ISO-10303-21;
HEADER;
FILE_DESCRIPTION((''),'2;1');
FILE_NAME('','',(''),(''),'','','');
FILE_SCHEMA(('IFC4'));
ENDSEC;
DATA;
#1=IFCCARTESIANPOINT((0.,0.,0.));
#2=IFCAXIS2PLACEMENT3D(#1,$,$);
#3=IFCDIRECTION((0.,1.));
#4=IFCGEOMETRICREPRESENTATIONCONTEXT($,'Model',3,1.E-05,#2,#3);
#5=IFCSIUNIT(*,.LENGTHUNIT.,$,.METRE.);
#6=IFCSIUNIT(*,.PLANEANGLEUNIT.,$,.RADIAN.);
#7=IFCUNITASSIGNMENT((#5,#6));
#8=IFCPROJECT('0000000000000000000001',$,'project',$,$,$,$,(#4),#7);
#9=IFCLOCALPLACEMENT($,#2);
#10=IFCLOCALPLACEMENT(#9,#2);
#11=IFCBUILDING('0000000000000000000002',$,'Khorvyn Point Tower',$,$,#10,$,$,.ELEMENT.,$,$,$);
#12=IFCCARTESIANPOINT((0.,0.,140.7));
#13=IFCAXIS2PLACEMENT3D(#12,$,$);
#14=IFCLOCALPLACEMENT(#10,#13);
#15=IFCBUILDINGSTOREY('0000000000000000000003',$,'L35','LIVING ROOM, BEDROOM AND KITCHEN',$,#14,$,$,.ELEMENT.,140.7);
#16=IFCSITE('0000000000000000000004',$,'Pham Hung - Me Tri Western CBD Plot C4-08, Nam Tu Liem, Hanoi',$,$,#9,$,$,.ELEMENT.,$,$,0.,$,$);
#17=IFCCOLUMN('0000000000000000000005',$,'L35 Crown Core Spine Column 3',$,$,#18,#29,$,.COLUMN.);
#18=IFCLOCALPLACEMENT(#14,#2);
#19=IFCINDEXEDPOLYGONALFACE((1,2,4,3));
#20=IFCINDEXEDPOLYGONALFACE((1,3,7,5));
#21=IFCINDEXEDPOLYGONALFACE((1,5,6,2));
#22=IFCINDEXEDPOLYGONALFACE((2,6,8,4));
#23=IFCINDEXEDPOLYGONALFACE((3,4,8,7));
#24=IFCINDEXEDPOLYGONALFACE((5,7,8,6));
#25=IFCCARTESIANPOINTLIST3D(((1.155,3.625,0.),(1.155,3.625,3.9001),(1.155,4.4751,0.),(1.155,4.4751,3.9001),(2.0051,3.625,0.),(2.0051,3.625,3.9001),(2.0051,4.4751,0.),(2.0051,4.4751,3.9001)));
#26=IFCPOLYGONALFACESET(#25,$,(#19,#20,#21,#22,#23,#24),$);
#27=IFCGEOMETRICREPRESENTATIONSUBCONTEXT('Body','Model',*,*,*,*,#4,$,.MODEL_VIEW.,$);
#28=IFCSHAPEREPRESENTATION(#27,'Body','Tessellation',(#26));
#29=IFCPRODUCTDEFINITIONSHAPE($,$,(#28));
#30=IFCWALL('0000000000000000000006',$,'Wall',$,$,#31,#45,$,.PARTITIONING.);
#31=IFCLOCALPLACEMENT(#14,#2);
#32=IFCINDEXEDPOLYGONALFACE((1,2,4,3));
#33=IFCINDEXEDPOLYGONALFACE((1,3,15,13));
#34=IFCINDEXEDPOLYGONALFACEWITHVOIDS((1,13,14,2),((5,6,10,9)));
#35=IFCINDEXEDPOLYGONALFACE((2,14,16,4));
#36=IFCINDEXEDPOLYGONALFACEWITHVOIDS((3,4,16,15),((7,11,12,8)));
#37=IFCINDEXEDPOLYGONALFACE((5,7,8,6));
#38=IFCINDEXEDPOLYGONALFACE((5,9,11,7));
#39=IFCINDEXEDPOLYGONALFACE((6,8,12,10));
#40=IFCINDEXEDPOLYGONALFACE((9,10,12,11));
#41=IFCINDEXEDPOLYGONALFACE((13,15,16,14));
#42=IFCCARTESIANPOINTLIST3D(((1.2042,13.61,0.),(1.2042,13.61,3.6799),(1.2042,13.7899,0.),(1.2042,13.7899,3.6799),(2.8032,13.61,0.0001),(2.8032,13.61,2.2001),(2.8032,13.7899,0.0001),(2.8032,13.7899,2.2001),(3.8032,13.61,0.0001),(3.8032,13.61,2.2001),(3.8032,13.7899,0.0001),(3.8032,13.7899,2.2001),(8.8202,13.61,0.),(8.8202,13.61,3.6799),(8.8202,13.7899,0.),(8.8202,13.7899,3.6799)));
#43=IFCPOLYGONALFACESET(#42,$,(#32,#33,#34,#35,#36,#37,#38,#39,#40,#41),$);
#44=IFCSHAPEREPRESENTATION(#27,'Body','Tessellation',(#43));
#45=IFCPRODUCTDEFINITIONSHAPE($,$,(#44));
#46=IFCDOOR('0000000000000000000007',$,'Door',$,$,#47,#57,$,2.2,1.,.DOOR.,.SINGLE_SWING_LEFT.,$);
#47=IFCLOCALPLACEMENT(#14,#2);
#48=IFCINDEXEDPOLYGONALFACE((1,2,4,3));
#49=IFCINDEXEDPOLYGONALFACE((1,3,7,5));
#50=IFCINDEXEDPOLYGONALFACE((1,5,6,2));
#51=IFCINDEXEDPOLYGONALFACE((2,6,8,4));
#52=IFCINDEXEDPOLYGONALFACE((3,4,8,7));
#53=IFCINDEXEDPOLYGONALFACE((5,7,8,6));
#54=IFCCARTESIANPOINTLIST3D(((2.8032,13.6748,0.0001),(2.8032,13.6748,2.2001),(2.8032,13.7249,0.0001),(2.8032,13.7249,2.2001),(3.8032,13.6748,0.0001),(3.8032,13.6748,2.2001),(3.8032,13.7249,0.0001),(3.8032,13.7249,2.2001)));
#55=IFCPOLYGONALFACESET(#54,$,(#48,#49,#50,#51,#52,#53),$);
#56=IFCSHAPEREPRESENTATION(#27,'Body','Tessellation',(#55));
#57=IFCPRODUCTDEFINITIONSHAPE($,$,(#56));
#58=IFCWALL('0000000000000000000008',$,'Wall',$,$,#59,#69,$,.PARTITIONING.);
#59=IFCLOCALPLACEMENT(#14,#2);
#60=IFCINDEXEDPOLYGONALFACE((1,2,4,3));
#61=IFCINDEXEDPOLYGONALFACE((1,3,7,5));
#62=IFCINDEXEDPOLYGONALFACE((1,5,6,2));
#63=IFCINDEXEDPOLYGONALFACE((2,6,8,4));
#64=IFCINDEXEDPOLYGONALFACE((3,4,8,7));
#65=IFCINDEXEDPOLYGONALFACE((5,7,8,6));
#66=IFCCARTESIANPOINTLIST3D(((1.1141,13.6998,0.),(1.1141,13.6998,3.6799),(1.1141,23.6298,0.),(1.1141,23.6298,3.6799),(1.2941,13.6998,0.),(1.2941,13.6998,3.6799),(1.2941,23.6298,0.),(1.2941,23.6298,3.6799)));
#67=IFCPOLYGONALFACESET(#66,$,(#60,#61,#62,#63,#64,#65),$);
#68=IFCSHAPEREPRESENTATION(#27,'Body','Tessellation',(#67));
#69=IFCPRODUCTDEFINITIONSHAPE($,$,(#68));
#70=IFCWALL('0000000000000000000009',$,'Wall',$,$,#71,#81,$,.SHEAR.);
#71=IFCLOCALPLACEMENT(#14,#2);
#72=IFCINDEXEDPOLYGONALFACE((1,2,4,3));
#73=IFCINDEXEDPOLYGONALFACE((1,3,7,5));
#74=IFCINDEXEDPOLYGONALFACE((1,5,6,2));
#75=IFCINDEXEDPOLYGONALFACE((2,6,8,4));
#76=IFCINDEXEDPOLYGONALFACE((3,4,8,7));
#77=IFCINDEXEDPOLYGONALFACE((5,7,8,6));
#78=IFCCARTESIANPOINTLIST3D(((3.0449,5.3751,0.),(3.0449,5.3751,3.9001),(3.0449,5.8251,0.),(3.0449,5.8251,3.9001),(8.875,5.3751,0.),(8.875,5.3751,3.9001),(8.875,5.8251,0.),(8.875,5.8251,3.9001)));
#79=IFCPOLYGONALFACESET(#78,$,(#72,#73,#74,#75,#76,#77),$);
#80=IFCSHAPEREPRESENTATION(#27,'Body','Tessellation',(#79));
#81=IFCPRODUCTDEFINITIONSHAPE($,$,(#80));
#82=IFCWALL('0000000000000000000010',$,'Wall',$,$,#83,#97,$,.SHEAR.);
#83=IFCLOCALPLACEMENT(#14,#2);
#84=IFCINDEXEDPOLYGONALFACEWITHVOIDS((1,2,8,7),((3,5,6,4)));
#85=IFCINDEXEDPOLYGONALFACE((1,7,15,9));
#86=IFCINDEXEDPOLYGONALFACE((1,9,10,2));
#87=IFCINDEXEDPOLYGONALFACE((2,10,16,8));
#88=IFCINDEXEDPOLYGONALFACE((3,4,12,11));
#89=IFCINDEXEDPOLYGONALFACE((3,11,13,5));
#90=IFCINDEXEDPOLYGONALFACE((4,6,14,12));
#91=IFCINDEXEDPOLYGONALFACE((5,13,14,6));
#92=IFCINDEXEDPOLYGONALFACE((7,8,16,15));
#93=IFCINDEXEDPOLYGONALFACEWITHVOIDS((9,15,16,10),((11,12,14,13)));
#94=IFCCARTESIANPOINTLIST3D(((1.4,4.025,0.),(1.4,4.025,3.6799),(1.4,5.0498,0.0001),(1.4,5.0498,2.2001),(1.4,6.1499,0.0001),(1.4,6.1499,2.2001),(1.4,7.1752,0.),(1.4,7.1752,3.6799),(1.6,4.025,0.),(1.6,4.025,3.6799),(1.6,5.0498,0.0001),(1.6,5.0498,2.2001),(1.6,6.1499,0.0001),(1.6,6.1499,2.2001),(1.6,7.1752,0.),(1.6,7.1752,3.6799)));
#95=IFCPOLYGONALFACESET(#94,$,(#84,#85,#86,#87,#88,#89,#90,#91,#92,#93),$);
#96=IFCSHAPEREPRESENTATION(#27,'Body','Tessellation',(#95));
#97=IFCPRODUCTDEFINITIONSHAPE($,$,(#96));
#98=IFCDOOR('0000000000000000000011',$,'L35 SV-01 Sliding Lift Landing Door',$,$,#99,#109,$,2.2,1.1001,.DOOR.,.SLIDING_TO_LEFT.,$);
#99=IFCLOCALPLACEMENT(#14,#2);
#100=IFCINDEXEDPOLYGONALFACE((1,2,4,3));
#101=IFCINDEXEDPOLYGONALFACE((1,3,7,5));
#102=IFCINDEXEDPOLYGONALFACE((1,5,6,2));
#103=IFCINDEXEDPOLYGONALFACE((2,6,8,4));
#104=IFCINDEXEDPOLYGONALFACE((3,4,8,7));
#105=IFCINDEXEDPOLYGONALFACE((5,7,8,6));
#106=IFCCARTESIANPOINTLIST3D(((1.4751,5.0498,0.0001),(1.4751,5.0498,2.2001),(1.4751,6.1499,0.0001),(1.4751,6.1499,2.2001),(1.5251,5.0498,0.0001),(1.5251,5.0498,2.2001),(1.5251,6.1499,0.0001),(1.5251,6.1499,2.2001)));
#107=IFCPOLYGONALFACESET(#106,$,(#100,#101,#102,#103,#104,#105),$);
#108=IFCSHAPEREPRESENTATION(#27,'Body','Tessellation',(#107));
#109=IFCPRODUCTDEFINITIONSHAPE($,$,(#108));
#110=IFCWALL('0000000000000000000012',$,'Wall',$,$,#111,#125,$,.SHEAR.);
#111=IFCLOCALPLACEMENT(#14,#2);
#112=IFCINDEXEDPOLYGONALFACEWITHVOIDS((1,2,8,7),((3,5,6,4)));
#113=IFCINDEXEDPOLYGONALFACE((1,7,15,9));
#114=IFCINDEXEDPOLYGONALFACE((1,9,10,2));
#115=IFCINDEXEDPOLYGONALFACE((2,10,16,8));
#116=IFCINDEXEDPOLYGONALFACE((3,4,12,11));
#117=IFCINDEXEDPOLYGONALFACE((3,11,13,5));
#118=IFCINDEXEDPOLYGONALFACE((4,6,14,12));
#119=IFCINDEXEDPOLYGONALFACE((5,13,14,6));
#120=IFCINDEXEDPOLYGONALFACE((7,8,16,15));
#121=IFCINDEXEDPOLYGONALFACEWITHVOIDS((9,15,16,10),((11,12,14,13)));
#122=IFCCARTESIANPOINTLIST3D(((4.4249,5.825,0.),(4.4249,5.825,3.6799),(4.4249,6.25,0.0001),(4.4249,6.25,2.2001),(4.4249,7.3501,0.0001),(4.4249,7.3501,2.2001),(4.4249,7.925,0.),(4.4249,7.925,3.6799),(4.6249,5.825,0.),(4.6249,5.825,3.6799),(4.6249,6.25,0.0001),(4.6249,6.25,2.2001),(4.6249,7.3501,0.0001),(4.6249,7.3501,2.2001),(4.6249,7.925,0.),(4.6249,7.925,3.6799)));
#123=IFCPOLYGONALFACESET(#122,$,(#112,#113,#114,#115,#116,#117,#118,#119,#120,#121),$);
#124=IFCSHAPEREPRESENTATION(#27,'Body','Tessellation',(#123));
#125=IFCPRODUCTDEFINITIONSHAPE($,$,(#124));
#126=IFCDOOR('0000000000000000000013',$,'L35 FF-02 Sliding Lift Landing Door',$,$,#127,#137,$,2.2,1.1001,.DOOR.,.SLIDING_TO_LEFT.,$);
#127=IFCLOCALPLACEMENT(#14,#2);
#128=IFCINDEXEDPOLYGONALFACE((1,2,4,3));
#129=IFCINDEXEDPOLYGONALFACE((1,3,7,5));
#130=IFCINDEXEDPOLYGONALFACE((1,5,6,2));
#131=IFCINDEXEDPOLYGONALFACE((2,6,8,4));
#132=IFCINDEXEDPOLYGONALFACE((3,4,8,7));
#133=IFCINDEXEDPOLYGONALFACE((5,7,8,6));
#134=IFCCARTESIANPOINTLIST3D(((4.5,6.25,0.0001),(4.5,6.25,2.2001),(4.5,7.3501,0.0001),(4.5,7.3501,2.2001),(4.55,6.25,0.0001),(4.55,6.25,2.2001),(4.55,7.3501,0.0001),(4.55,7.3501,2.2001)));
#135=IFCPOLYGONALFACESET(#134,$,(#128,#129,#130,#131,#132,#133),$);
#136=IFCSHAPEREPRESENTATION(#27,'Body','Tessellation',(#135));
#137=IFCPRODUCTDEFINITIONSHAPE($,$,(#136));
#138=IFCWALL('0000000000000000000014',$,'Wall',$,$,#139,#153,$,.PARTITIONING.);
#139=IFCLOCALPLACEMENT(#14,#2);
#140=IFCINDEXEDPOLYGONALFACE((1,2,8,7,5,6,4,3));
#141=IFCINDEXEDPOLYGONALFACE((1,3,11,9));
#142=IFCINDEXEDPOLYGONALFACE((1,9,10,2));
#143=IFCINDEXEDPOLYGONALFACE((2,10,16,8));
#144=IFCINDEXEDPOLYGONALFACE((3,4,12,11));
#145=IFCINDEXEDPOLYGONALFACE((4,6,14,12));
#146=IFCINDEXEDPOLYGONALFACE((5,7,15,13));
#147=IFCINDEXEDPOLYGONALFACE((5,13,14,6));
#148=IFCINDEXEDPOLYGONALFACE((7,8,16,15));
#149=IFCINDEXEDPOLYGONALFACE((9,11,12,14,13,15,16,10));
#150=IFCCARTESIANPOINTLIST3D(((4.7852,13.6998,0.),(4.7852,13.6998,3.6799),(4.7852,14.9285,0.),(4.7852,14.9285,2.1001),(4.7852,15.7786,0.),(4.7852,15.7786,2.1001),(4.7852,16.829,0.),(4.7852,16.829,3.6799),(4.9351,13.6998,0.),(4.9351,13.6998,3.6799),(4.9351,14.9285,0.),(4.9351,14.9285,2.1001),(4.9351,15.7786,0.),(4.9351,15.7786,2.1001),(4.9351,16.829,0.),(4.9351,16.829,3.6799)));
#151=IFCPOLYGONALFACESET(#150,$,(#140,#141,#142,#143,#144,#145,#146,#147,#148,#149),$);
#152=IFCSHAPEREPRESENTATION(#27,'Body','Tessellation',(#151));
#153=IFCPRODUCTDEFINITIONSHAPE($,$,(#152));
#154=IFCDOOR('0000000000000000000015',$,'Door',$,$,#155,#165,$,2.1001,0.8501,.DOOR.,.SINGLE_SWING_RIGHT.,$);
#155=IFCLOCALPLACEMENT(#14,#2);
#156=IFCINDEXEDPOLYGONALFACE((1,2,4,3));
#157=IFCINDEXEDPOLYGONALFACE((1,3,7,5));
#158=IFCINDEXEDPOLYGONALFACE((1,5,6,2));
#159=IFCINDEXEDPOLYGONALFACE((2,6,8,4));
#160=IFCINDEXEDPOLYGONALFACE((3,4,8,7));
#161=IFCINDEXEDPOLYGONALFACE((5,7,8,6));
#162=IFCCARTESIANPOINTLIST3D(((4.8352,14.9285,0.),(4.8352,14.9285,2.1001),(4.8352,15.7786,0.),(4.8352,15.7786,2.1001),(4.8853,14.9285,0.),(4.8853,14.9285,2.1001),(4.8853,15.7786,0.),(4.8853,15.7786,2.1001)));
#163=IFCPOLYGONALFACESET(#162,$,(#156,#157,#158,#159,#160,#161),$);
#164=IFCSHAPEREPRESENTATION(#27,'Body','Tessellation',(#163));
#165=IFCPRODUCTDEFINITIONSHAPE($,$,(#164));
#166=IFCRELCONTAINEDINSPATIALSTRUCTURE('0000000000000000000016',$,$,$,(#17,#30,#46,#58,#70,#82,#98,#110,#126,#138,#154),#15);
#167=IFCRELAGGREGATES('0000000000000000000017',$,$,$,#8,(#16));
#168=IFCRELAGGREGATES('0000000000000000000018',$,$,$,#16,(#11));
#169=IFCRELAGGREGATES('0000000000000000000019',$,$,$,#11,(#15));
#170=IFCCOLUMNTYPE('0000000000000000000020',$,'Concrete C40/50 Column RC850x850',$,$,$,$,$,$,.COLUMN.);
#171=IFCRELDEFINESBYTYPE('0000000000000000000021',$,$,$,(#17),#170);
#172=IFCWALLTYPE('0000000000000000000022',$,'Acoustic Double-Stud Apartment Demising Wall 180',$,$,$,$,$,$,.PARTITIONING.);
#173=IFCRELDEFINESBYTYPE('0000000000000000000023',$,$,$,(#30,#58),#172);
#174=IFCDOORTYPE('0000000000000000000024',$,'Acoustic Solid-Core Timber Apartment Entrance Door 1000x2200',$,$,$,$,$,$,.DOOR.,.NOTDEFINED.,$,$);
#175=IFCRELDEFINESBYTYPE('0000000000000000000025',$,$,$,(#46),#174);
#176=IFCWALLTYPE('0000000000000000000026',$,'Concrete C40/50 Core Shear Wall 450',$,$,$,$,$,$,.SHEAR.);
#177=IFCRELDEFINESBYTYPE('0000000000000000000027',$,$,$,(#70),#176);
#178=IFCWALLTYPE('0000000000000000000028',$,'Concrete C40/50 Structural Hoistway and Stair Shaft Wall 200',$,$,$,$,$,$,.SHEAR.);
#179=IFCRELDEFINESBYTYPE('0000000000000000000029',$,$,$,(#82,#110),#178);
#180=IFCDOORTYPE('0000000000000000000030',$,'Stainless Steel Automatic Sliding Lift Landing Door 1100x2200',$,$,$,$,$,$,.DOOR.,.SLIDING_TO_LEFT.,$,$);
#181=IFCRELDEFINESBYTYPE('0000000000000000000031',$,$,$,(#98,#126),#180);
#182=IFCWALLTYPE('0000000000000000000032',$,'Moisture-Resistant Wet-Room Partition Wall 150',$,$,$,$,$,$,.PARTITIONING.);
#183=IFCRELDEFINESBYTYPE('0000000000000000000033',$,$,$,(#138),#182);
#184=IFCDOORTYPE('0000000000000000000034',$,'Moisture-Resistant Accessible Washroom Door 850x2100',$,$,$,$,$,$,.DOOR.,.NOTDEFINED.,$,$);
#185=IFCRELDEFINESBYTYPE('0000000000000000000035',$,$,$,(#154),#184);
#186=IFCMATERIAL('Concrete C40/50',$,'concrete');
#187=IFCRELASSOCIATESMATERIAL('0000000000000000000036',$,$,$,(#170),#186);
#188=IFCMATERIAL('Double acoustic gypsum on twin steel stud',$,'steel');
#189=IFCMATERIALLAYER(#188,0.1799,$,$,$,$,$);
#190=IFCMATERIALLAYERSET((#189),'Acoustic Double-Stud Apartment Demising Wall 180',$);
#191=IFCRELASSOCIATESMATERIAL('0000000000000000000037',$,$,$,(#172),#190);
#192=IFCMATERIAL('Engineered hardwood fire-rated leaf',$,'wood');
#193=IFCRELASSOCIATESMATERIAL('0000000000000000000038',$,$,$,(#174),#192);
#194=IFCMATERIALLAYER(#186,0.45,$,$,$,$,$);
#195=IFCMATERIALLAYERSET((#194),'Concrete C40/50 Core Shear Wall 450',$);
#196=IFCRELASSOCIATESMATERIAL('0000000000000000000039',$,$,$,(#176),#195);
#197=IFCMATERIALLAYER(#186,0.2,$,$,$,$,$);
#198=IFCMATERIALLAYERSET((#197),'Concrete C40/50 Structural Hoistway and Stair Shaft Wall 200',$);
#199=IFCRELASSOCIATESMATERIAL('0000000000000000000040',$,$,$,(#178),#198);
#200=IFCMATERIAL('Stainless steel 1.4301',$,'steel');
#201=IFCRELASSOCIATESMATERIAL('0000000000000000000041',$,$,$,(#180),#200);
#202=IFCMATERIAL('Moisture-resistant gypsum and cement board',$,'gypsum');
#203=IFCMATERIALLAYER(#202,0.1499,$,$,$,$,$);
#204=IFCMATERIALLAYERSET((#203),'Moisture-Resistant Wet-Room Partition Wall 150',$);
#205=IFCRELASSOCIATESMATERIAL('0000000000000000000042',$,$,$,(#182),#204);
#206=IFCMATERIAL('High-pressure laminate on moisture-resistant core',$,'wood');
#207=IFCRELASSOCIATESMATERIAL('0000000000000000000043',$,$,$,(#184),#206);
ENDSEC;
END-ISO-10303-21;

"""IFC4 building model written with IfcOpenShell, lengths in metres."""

from ifc_helpers import new_model, si_unit, direction, frame, frame_2d, origin, origin_2d, place, context, subcontext, project, spatial, rectangle, extrude, material, layer, layer_set, material_profile, profile_set, type_object, element, fill, save


model = new_model("IFC4")

# Units and contexts
model_context = context("Model", 3, precision=1e-05, world=origin(), true_north=direction((0.0, 1.0)))
body_context = subcontext(model_context, "Body", "Model", "MODEL_VIEW")
ifc_project = project(units=[si_unit("LENGTHUNIT", "METRE"), si_unit("PLANEANGLEUNIT", "RADIAN")], contexts=[model_context])

# Site, building, storey
site_placement = place(None, origin())
site = spatial("IfcSite", under=ifc_project, at=site_placement, Name="Pham Hung - Me Tri Western CBD Plot C4-08, Nam Tu Liem, Hanoi", CompositionType="ELEMENT", RefElevation=0.0)
building_placement = place(site_placement, origin())
building = spatial("IfcBuilding", under=site, at=building_placement, Name="Khorvyn Point Tower", CompositionType="ELEMENT")
storey_placement = place(building_placement, frame((0.0, 0.0, 140.7)))
storey = spatial("IfcBuildingStorey", under=building, at=storey_placement, Name="L35", Description="LIVING ROOM, BEDROOM AND KITCHEN", CompositionType="ELEMENT", Elevation=140.7)

# Column
ifc_material_1 = material(Name="Concrete C40/50", Category="concrete")
ifc_material_profile = material_profile(ifc_material_1, rectangle(XDim=0.8501, YDim=0.8501, at=origin_2d()))
ifc_profile_set = profile_set([ifc_material_profile], Name="Concrete C40/50 RC850x850")
column_type = type_object("IfcColumnType", Name="Concrete C40/50 Column RC850x850", PredefinedType="COLUMN", material=ifc_profile_set)
column_placement = place(storey_placement, frame((1.5801, 4.05, 0.0), z_axis=(0.0, 0.0, 1.0), x_axis=(1.0, 0.0, 0.0)))
element("IfcColumn", 1, at=column_placement, inside=storey, type_object=column_type, Name="L35 Crown Core Spine Column 3", PredefinedType="COLUMN", context=body_context, shape_type="SweptSolid", body=[
    extrude(rectangle(XDim=0.8501, YDim=0.8501, at=origin_2d()), origin(), (0.0, 0.0, 1.0), 3.9001),
])

# Wall, opening, door
ifc_material_2 = material(Name="Double acoustic gypsum on twin steel stud", Category="steel")
ifc_layer_1 = layer(ifc_material_2, 0.1799)
ifc_layer_set_1 = layer_set([ifc_layer_1], Name="Acoustic Double-Stud Apartment Demising Wall 180")
wall_type_1 = type_object("IfcWallType", Name="Acoustic Double-Stud Apartment Demising Wall 180", PredefinedType="PARTITIONING", material=ifc_layer_set_1)
wall_1_placement = place(storey_placement, frame((1.2041, 13.7, 0.0), z_axis=(0.0, 0.0, 1.0), x_axis=(1.0, 0.0, 0.0)))
wall_1 = element("IfcWall", 2, at=wall_1_placement, inside=storey, type_object=wall_type_1, Name="Wall", PredefinedType="PARTITIONING", context=body_context, shape_type="SweptSolid", body=[
    extrude(rectangle(XDim=7.616, YDim=0.1799, at=frame_2d((3.8081, 0.0))), origin(), (0.0, 0.0, 1.0), 3.6799),
])
opening_1_placement = place(wall_1_placement, frame((1.5991, 0.0, 0.0)))
opening_1 = element("IfcOpeningElement", 3, at=opening_1_placement, cuts=wall_1, PredefinedType="OPENING", context=body_context, shape_type="SweptSolid", body=[
    extrude(rectangle(XDim=1.0, YDim=2.2, at=frame_2d((0.5, 1.1001))), frame((0.0, 0.0999, 0.0), z_axis=(0.0, -1.0, 0.0), x_axis=(1.0, 0.0, 0.0)), (0.0, 0.0, 1.0), 0.2),
])
ifc_material_3 = material(Name="Engineered hardwood fire-rated leaf", Category="wood")
door_type_1 = type_object("IfcDoorType", Name="Acoustic Solid-Core Timber Apartment Entrance Door 1000x2200", OperationType="NOTDEFINED", PredefinedType="DOOR", material=ifc_material_3)
door_1_placement = place(opening_1_placement, origin())
door_1 = element("IfcDoor", 4, at=door_1_placement, inside=storey, type_object=door_type_1, Name="Door", OperationType="SINGLE_SWING_LEFT", OverallHeight=2.2, OverallWidth=1.0, PredefinedType="DOOR", context=body_context, shape_type="SweptSolid", body=[
    extrude(rectangle(XDim=1.0, YDim=2.2, at=frame_2d((0.5, 1.1001))), frame((0.0, 0.0249, 0.0), z_axis=(0.0, -1.0, 0.0), x_axis=(1.0, 0.0, 0.0)), (0.0, 0.0, 1.0), 0.05),
])
fill(opening_1, door_1)

# Walls
wall_2_placement = place(storey_placement, frame((1.2041, 13.7, 0.0), z_axis=(0.0, 0.0, 1.0), x_axis=(0.0, 1.0, 0.0)))
element("IfcWall", 5, at=wall_2_placement, inside=storey, type_object=wall_type_1, Name="Wall", PredefinedType="PARTITIONING", context=body_context, shape_type="SweptSolid", body=[
    extrude(rectangle(XDim=9.9299, YDim=0.1799, at=frame_2d((4.9648, 0.0))), origin(), (0.0, 0.0, 1.0), 3.6799),
])
ifc_layer_2 = layer(ifc_material_1, 0.45)
ifc_layer_set_2 = layer_set([ifc_layer_2], Name="Concrete C40/50 Core Shear Wall 450")
wall_type_2 = type_object("IfcWallType", Name="Concrete C40/50 Core Shear Wall 450", PredefinedType="SHEAR", material=ifc_layer_set_2)
wall_3_placement = place(storey_placement, frame((3.0449, 5.6001, 0.0), z_axis=(0.0, 0.0, 1.0), x_axis=(1.0, 0.0, 0.0)))
element("IfcWall", 6, at=wall_3_placement, inside=storey, type_object=wall_type_2, Name="Wall", PredefinedType="SHEAR", context=body_context, shape_type="SweptSolid", body=[
    extrude(rectangle(XDim=5.8301, YDim=0.45, at=frame_2d((2.915, 0.0))), origin(), (0.0, 0.0, 1.0), 3.9001),
])

# Walls, openings, doors
ifc_layer_3 = layer(ifc_material_1, 0.2)
ifc_layer_set_3 = layer_set([ifc_layer_3], Name="Concrete C40/50 Structural Hoistway and Stair Shaft Wall 200")
wall_type_3 = type_object("IfcWallType", Name="Concrete C40/50 Structural Hoistway and Stair Shaft Wall 200", PredefinedType="SHEAR", material=ifc_layer_set_3)
wall_4_placement = place(storey_placement, frame((1.5, 4.0249, 0.0), z_axis=(0.0, 0.0, 1.0), x_axis=(0.0, 1.0, 0.0)))
wall_4 = element("IfcWall", 7, at=wall_4_placement, inside=storey, type_object=wall_type_3, Name="Wall", PredefinedType="SHEAR", context=body_context, shape_type="SweptSolid", body=[
    extrude(rectangle(XDim=3.1501, YDim=0.2, at=frame_2d((1.5752, 0.0))), origin(), (0.0, 0.0, 1.0), 3.6799),
])
opening_2_placement = place(wall_4_placement, frame((1.0249, 0.0, 0.0)))
opening_2 = element("IfcOpeningElement", 8, at=opening_2_placement, cuts=wall_4, PredefinedType="OPENING", context=body_context, shape_type="SweptSolid", body=[
    extrude(rectangle(XDim=1.1001, YDim=2.2, at=frame_2d((0.55, 1.1001))), frame((0.0, 0.1099, 0.0), z_axis=(0.0, -1.0, 0.0), x_axis=(1.0, 0.0, 0.0)), (0.0, 0.0, 1.0), 0.22),
])
ifc_material_4 = material(Name="Stainless steel 1.4301", Category="steel")
door_type_2 = type_object("IfcDoorType", Name="Stainless Steel Automatic Sliding Lift Landing Door 1100x2200", OperationType="SLIDING_TO_LEFT", PredefinedType="DOOR", material=ifc_material_4)
door_2_placement = place(opening_2_placement, origin())
door_2 = element("IfcDoor", 9, at=door_2_placement, inside=storey, type_object=door_type_2, Name="L35 SV-01 Sliding Lift Landing Door", OperationType="SLIDING_TO_LEFT", OverallHeight=2.2, OverallWidth=1.1001, PredefinedType="DOOR", context=body_context, shape_type="SweptSolid", body=[
    extrude(rectangle(XDim=1.1001, YDim=2.2, at=frame_2d((0.55, 1.1001))), frame((0.0, 0.0249, 0.0), z_axis=(0.0, -1.0, 0.0), x_axis=(1.0, 0.0, 0.0)), (0.0, 0.0, 1.0), 0.05),
])
fill(opening_2, door_2)
wall_5_placement = place(storey_placement, frame((4.5249, 5.825, 0.0), z_axis=(0.0, 0.0, 1.0), x_axis=(0.0, 1.0, 0.0)))
wall_5 = element("IfcWall", 10, at=wall_5_placement, inside=storey, type_object=wall_type_3, Name="Wall", PredefinedType="SHEAR", context=body_context, shape_type="SweptSolid", body=[
    extrude(rectangle(XDim=2.1001, YDim=0.2, at=frame_2d((1.05, 0.0))), origin(), (0.0, 0.0, 1.0), 3.6799),
])
opening_3_placement = place(wall_5_placement, frame((0.425, 0.0, 0.0)))
opening_3 = element("IfcOpeningElement", 11, at=opening_3_placement, cuts=wall_5, PredefinedType="OPENING", context=body_context, shape_type="SweptSolid", body=[
    extrude(rectangle(XDim=1.1001, YDim=2.2, at=frame_2d((0.55, 1.1001))), frame((0.0, 0.1099, 0.0), z_axis=(0.0, -1.0, 0.0), x_axis=(1.0, 0.0, 0.0)), (0.0, 0.0, 1.0), 0.22),
])
door_3_placement = place(opening_3_placement, origin())
door_3 = element("IfcDoor", 12, at=door_3_placement, inside=storey, type_object=door_type_2, Name="L35 FF-02 Sliding Lift Landing Door", OperationType="SLIDING_TO_LEFT", OverallHeight=2.2, OverallWidth=1.1001, PredefinedType="DOOR", context=body_context, shape_type="SweptSolid", body=[
    extrude(rectangle(XDim=1.1001, YDim=2.2, at=frame_2d((0.55, 1.1001))), frame((0.0, 0.0249, 0.0), z_axis=(0.0, -1.0, 0.0), x_axis=(1.0, 0.0, 0.0)), (0.0, 0.0, 1.0), 0.05),
])
fill(opening_3, door_3)
ifc_material_5 = material(Name="Moisture-resistant gypsum and cement board", Category="gypsum")
ifc_layer_4 = layer(ifc_material_5, 0.1499)
ifc_layer_set_4 = layer_set([ifc_layer_4], Name="Moisture-Resistant Wet-Room Partition Wall 150")
wall_type_4 = type_object("IfcWallType", Name="Moisture-Resistant Wet-Room Partition Wall 150", PredefinedType="PARTITIONING", material=ifc_layer_set_4)
wall_6_placement = place(storey_placement, frame((4.8601, 13.7, 0.0), z_axis=(0.0, 0.0, 1.0), x_axis=(0.0, 1.0, 0.0)))
wall_6 = element("IfcWall", 13, at=wall_6_placement, inside=storey, type_object=wall_type_4, Name="Wall", PredefinedType="PARTITIONING", context=body_context, shape_type="SweptSolid", body=[
    extrude(rectangle(XDim=3.1292, YDim=0.1499, at=frame_2d((1.5645, 0.0))), origin(), (0.0, 0.0, 1.0), 3.6799),
])
opening_4_placement = place(wall_6_placement, frame((1.2285, 0.0, 0.0)))
opening_4 = element("IfcOpeningElement", 14, at=opening_4_placement, cuts=wall_6, PredefinedType="OPENING", context=body_context, shape_type="SweptSolid", body=[
    extrude(rectangle(XDim=0.8501, YDim=2.1001, at=frame_2d((0.425, 1.05))), frame((0.0, 0.085, 0.0), z_axis=(0.0, -1.0, 0.0), x_axis=(1.0, 0.0, 0.0)), (0.0, 0.0, 1.0), 0.1699),
])
ifc_material_6 = material(Name="High-pressure laminate on moisture-resistant core", Category="wood")
door_type_3 = type_object("IfcDoorType", Name="Moisture-Resistant Accessible Washroom Door 850x2100", OperationType="NOTDEFINED", PredefinedType="DOOR", material=ifc_material_6)
door_4_placement = place(opening_4_placement, origin())
door_4 = element("IfcDoor", 15, at=door_4_placement, inside=storey, type_object=door_type_3, Name="Door", OperationType="SINGLE_SWING_RIGHT", OverallHeight=2.1001, OverallWidth=0.8501, PredefinedType="DOOR", context=body_context, shape_type="SweptSolid", body=[
    extrude(rectangle(XDim=0.8501, YDim=2.1001, at=frame_2d((0.425, 1.05))), frame((0.0, 0.0249, 0.0), z_axis=(0.0, -1.0, 0.0), x_axis=(1.0, 0.0, 0.0)), (0.0, 0.0, 1.0), 0.05),
])
fill(opening_4, door_4)

save(model, "model.ifc")
